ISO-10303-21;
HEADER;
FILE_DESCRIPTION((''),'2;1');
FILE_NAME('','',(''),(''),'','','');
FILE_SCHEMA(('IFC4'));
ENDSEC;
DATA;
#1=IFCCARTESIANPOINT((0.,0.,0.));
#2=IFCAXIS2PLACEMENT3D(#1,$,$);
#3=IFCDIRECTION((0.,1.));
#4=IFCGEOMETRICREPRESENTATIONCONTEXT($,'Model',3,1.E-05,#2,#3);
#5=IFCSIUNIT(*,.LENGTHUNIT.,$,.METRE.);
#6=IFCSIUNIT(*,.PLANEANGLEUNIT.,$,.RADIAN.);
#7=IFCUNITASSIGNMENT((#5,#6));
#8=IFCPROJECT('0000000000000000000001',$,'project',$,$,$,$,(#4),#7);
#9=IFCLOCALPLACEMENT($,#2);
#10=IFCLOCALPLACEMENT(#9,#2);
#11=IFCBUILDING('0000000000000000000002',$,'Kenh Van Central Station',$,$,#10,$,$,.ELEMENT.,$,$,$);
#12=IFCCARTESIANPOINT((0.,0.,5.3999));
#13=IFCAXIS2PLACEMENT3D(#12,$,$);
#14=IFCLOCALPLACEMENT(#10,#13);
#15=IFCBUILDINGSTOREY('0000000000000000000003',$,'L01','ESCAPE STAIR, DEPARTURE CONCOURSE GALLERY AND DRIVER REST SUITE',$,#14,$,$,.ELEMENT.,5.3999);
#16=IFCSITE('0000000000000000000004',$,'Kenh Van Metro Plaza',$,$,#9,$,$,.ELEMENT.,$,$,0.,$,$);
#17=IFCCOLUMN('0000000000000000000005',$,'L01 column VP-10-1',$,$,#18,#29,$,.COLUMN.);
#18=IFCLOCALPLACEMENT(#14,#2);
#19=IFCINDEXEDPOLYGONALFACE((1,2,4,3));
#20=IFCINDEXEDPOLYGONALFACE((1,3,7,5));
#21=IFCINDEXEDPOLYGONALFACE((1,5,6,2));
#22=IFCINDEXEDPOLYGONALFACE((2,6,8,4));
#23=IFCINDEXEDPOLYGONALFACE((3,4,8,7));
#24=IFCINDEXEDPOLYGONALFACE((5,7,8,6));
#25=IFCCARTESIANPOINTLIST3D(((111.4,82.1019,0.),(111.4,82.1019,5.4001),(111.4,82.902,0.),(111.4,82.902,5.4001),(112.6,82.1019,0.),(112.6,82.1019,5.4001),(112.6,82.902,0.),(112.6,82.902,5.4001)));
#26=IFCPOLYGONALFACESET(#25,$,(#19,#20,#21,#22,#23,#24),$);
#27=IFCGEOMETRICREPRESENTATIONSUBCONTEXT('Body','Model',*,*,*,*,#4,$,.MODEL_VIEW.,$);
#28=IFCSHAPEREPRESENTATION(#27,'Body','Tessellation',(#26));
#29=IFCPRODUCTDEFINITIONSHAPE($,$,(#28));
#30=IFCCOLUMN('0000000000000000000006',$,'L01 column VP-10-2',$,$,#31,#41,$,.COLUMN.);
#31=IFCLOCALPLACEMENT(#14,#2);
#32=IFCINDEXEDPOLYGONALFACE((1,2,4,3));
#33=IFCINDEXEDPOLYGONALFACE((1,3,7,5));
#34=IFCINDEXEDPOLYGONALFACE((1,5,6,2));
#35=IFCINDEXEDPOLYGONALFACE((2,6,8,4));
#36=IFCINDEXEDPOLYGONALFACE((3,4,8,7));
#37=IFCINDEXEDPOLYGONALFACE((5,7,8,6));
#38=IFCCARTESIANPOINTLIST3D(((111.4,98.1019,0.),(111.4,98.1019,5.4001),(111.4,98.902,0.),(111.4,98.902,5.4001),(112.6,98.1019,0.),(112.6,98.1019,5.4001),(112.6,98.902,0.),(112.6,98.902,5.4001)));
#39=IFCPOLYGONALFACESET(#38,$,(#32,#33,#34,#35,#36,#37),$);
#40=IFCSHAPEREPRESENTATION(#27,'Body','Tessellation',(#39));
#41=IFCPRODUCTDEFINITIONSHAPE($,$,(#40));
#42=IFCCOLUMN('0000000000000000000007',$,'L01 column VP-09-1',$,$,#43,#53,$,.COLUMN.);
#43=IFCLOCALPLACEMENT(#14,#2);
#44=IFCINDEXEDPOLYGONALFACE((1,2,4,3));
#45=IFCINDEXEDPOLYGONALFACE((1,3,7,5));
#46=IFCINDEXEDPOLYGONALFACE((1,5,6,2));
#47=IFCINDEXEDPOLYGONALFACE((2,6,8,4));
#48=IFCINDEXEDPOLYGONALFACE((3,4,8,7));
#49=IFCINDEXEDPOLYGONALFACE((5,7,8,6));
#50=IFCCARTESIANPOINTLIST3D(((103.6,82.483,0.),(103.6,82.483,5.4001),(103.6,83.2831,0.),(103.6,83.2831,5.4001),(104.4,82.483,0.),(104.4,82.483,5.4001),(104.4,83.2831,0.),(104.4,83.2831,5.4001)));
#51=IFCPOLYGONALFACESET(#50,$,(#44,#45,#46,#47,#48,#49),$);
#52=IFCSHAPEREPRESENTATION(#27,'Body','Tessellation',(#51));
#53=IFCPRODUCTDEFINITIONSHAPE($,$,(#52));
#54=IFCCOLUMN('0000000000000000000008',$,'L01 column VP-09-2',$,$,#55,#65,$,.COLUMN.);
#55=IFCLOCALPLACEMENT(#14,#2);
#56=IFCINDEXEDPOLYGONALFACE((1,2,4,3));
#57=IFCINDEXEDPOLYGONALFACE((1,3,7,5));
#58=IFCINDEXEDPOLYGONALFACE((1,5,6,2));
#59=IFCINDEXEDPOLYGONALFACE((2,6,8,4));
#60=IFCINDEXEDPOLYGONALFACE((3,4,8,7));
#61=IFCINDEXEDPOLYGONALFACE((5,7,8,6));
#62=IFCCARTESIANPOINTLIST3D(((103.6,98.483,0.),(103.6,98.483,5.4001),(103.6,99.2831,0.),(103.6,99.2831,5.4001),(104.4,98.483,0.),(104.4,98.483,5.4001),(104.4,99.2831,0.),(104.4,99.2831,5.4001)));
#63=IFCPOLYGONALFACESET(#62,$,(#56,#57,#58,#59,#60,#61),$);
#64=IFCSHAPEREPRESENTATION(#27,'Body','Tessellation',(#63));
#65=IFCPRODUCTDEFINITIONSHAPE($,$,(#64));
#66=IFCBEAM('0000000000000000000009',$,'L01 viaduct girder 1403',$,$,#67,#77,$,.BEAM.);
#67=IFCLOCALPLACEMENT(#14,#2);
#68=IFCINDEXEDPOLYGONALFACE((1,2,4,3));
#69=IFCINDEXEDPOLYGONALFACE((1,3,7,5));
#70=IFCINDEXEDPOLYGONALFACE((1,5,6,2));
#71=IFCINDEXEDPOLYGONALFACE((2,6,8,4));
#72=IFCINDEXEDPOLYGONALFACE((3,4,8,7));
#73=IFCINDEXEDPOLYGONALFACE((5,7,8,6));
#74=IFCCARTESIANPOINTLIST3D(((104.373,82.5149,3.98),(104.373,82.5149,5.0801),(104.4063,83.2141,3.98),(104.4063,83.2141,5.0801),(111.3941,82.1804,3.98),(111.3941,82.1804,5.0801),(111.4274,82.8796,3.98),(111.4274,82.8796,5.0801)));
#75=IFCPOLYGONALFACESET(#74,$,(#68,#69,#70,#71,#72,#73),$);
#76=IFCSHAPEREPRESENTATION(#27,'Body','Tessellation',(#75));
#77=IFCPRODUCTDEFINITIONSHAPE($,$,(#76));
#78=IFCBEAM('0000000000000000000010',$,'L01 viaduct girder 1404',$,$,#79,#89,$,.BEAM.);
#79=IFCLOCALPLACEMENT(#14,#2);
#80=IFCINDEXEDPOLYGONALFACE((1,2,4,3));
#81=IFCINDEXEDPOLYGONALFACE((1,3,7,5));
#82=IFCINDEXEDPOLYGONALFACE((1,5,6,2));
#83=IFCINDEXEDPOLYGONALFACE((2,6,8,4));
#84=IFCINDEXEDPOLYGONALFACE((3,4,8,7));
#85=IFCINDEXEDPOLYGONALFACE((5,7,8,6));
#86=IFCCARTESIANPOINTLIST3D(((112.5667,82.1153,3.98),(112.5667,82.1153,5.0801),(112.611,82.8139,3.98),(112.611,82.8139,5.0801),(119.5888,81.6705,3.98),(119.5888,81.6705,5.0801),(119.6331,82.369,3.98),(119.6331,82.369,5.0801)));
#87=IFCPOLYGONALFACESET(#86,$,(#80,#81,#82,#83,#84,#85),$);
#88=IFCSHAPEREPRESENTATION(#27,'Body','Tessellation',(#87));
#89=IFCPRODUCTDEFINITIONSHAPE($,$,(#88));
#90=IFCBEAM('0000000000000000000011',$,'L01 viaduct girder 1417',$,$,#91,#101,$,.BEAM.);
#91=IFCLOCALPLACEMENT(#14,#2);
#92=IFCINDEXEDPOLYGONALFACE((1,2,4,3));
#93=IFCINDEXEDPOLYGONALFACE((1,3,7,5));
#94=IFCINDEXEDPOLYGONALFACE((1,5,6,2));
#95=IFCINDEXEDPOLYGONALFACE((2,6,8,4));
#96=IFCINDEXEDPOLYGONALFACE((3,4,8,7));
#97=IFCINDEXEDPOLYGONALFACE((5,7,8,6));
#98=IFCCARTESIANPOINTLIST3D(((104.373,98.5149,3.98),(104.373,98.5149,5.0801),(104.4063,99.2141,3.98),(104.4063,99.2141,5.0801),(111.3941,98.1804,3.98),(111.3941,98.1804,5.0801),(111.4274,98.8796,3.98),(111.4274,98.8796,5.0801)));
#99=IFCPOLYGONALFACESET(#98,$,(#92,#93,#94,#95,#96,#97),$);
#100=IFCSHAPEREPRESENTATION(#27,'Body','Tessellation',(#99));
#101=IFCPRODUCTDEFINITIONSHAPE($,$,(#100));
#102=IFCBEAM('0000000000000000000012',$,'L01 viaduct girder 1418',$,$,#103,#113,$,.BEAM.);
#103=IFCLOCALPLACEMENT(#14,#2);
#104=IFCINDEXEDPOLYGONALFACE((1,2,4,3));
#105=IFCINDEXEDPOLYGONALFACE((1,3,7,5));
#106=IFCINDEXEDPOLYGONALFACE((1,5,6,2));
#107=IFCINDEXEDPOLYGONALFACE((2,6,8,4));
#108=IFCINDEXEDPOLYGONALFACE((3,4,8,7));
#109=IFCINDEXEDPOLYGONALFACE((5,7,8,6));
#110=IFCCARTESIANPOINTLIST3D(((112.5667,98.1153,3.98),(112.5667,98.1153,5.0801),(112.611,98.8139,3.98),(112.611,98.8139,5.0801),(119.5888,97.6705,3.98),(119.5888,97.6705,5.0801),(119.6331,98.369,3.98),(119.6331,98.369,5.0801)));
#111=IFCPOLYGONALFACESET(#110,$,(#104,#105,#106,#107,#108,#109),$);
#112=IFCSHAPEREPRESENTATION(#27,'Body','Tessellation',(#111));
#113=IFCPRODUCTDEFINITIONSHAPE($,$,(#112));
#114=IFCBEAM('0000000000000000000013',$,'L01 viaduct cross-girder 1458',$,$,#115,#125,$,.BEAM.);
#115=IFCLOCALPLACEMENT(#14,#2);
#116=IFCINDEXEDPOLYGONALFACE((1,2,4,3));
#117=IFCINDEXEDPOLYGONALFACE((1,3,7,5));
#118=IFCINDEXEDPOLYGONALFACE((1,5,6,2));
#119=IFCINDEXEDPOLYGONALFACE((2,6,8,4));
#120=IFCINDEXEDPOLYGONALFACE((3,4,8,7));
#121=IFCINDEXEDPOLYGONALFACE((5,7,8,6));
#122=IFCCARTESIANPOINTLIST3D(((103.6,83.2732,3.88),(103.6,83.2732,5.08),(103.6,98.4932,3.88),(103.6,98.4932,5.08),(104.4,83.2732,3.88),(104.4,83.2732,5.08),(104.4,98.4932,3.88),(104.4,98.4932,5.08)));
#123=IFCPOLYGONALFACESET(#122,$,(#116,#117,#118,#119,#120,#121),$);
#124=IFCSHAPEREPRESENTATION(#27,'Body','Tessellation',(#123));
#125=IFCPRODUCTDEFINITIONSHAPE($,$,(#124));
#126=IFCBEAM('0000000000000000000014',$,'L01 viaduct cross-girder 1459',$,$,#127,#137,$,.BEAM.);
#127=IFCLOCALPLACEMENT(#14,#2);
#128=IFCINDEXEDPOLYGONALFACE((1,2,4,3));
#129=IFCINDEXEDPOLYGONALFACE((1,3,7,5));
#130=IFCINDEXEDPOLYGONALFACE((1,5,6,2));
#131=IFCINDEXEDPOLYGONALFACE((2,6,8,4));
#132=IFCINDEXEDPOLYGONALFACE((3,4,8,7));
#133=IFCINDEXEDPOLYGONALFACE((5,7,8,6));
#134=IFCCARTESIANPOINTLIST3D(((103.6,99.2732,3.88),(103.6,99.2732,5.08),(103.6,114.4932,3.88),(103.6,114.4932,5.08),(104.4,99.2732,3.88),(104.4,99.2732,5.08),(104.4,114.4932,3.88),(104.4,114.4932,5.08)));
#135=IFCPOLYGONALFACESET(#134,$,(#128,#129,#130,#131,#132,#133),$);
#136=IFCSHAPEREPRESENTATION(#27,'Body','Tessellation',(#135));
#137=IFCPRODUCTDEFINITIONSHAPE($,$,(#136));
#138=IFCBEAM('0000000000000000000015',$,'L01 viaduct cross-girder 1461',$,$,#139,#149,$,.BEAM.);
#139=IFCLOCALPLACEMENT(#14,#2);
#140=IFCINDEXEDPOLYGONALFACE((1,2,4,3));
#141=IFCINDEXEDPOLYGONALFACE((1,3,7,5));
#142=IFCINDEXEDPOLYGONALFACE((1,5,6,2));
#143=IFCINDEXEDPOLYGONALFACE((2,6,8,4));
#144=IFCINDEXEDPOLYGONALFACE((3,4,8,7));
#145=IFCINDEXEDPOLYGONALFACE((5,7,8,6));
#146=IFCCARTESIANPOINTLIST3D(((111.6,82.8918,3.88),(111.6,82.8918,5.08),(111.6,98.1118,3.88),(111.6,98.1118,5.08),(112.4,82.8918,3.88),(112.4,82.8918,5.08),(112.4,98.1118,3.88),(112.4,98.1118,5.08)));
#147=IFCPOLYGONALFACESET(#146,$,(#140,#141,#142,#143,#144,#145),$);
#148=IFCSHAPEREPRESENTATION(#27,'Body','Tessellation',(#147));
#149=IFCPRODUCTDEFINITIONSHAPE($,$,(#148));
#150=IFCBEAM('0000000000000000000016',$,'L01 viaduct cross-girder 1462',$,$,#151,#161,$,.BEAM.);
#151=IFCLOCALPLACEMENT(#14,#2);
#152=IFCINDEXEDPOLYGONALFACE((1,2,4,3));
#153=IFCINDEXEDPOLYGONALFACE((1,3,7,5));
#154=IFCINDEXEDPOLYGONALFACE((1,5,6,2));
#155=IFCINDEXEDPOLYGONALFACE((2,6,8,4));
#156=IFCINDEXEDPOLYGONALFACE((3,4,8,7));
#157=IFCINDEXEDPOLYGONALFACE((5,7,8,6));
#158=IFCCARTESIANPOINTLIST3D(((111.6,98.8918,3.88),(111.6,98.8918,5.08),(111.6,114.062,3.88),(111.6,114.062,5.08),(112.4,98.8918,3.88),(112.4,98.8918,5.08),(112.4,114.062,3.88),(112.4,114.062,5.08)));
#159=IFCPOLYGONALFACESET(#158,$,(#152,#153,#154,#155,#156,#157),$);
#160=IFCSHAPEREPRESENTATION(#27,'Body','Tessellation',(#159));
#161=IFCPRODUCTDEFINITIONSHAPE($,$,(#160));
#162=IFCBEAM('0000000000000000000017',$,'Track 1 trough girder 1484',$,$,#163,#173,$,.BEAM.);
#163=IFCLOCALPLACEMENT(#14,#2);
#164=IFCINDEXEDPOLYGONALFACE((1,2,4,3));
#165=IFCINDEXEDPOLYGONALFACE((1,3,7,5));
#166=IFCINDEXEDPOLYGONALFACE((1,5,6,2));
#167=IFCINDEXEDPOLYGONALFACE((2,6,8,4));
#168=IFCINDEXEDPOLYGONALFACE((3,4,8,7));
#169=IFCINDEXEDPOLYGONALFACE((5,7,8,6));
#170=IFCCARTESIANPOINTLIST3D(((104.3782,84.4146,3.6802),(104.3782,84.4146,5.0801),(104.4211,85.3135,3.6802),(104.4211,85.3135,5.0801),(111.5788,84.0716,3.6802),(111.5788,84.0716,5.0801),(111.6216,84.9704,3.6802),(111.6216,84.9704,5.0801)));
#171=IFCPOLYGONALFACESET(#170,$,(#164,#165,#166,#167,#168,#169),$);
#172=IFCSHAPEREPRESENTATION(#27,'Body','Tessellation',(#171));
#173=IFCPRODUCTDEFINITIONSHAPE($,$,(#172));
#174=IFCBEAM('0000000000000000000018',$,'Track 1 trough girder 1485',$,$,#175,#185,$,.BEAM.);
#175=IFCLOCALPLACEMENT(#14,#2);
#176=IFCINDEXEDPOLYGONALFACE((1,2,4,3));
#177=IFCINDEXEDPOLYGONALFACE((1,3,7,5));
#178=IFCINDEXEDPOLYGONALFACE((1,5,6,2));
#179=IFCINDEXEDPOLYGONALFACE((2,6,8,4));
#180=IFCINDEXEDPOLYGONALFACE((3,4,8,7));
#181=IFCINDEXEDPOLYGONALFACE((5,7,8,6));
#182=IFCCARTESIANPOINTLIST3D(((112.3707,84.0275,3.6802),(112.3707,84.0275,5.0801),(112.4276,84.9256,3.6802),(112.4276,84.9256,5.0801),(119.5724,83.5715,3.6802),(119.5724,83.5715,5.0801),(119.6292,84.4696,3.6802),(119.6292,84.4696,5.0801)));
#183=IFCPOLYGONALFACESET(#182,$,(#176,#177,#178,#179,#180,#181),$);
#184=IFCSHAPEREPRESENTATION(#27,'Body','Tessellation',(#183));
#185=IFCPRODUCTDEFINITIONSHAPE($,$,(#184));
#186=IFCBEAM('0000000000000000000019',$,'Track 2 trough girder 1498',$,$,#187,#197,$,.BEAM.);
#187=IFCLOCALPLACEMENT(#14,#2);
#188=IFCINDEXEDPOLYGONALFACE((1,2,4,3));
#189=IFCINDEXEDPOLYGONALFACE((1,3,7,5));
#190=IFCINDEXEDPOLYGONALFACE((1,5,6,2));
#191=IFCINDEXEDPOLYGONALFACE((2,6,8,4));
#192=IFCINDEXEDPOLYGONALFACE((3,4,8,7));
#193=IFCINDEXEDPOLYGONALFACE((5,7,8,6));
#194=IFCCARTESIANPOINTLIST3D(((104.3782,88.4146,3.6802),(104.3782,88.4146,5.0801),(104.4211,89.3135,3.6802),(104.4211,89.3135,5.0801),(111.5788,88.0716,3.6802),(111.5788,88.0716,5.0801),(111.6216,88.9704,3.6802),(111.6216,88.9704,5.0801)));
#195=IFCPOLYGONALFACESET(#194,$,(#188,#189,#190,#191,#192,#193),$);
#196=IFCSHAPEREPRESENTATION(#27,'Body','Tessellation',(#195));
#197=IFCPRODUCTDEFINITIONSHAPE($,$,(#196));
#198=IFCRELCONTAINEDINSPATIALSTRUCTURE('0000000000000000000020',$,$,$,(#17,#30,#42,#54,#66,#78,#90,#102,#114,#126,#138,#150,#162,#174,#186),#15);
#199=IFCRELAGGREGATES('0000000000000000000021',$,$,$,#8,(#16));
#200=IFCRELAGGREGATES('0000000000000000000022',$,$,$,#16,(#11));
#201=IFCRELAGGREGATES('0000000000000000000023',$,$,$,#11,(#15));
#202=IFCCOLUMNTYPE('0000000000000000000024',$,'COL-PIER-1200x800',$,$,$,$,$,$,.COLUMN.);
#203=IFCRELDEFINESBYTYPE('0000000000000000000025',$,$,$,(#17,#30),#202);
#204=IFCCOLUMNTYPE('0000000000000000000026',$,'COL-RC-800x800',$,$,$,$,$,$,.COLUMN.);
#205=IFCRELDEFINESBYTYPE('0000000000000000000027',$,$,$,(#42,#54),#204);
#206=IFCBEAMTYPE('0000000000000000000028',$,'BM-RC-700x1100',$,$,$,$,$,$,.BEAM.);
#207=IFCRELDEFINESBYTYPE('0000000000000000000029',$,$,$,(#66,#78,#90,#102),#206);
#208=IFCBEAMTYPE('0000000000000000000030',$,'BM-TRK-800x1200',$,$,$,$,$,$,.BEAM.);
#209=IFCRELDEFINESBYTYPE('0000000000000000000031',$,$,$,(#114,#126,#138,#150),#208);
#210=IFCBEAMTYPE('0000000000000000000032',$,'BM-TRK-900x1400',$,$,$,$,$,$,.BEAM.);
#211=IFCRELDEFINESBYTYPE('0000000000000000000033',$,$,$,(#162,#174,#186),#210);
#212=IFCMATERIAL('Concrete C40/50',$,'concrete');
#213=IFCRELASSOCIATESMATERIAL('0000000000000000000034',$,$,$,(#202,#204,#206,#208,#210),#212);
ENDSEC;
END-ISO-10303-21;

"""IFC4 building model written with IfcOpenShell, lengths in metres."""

from ifc_helpers import new_model, si_unit, direction, frame, origin, origin_2d, place, context, subcontext, project, spatial, rectangle, extrude, material, material_profile, profile_set, type_object, element, save


model = new_model("IFC4")

# Units and contexts
model_context = context("Model", 3, precision=1e-05, world=origin(), true_north=direction((0.0, 1.0)))
body_context = subcontext(model_context, "Body", "Model", "MODEL_VIEW")
ifc_project = project(units=[si_unit("LENGTHUNIT", "METRE"), si_unit("PLANEANGLEUNIT", "RADIAN")], contexts=[model_context])

# Site, building, storey
site_placement = place(None, origin())
site = spatial("IfcSite", under=ifc_project, at=site_placement, Name="Kenh Van Metro Plaza", CompositionType="ELEMENT", RefElevation=0.0)
building_placement = place(site_placement, origin())
building = spatial("IfcBuilding", under=site, at=building_placement, Name="Kenh Van Central Station", CompositionType="ELEMENT")
storey_placement = place(building_placement, frame((0.0, 0.0, 5.3999)))
storey = spatial("IfcBuildingStorey", under=building, at=storey_placement, Name="L01", Description="ESCAPE STAIR, DEPARTURE CONCOURSE GALLERY AND DRIVER REST SUITE", CompositionType="ELEMENT", Elevation=5.3999)

# Columns
ifc_material_1 = material(Name="Concrete C40/50", Category="concrete")
ifc_material_profile_1 = material_profile(ifc_material_1, rectangle(XDim=1.2, YDim=0.8, at=origin_2d()), Name="RC 1200x800")
ifc_profile_set_1 = profile_set([ifc_material_profile_1], Name="Concrete C40/50")
column_type_1 = type_object("IfcColumnType", Name="COL-PIER-1200x800", PredefinedType="COLUMN", material=ifc_profile_set_1)
for number, where, z_axis, x_axis, name in (
    (1, (112.0, 82.502, 0.0), (0.0, 0.0, 1.0), (1.0, 0.0, 0.0), "L01 column VP-10-1"),
    (2, (112.0, 98.502, 0.0), (0.0, 0.0, 1.0), (1.0, 0.0, 0.0), "L01 column VP-10-2"),
):
    element("IfcColumn", number, at=place(storey_placement, frame(where, z_axis=z_axis, x_axis=x_axis)), inside=storey, type_object=column_type_1, Name=name, PredefinedType="COLUMN", context=body_context, shape_type="SweptSolid", body=[
        extrude(rectangle(XDim=1.2, YDim=0.8, at=origin_2d()), origin(), (0.0, 0.0, 1.0), 5.4001),
    ])
ifc_material_profile_2 = material_profile(ifc_material_1, rectangle(XDim=0.8, YDim=0.8, at=origin_2d()), Name="RC 800x800")
ifc_profile_set_2 = profile_set([ifc_material_profile_2], Name="Concrete C40/50")
column_type_2 = type_object("IfcColumnType", Name="COL-RC-800x800", PredefinedType="COLUMN", material=ifc_profile_set_2)
for number, where, z_axis, x_axis, name in (
    (3, (104.0, 82.8831, 0.0), (0.0, 0.0, 1.0), (1.0, 0.0, 0.0), "L01 column VP-09-1"),
    (4, (104.0, 98.8831, 0.0), (0.0, 0.0, 1.0), (1.0, 0.0, 0.0), "L01 column VP-09-2"),
):
    element("IfcColumn", number, at=place(storey_placement, frame(where, z_axis=z_axis, x_axis=x_axis)), inside=storey, type_object=column_type_2, Name=name, PredefinedType="COLUMN", context=body_context, shape_type="SweptSolid", body=[
        extrude(rectangle(XDim=0.8, YDim=0.8, at=origin_2d()), origin(), (0.0, 0.0, 1.0), 5.4001),
    ])

# Beams
ifc_material_profile_3 = material_profile(ifc_material_1, rectangle(XDim=0.7, YDim=1.1001, at=origin_2d()), Name="RC 700x1100")
ifc_profile_set_3 = profile_set([ifc_material_profile_3], Name="Concrete C40/50")
beam_type_1 = type_object("IfcBeamType", Name="BM-RC-700x1100", PredefinedType="BEAM", material=ifc_profile_set_3)
beam_1_placement = place(storey_placement, frame((104.3896, 82.8645, 4.53), z_axis=(0.998867, -0.047585, 0.0), x_axis=(0.047585, 0.998867, 0.0)))
element("IfcBeam", 5, at=beam_1_placement, inside=storey, type_object=beam_type_1, Name="L01 viaduct girder 1403", PredefinedType="BEAM", context=body_context, shape_type="SweptSolid", body=[
    extrude(rectangle(XDim=0.7, YDim=1.1001, at=origin_2d()), origin(), (0.0, 0.0, 1.0), 7.0291),
])
beam_2_placement = place(storey_placement, frame((112.5889, 82.4646, 4.53), z_axis=(0.998, -0.063221, 0.0), x_axis=(0.063221, 0.998, 0.0)))
element("IfcBeam", 6, at=beam_2_placement, inside=storey, type_object=beam_type_1, Name="L01 viaduct girder 1404", PredefinedType="BEAM", context=body_context, shape_type="SweptSolid", body=[
    extrude(rectangle(XDim=0.7, YDim=1.1001, at=origin_2d()), origin(), (0.0, 0.0, 1.0), 7.0361),
])
beam_3_placement = place(storey_placement, frame((104.3896, 98.8645, 4.53), z_axis=(0.998867, -0.047585, 0.0), x_axis=(0.047585, 0.998867, 0.0)))
element("IfcBeam", 7, at=beam_3_placement, inside=storey, type_object=beam_type_1, Name="L01 viaduct girder 1417", PredefinedType="BEAM", context=body_context, shape_type="SweptSolid", body=[
    extrude(rectangle(XDim=0.7, YDim=1.1001, at=origin_2d()), origin(), (0.0, 0.0, 1.0), 7.0291),
])
beam_4_placement = place(storey_placement, frame((112.5889, 98.4646, 4.53), z_axis=(0.998, -0.063221, 0.0), x_axis=(0.063221, 0.998, 0.0)))
element("IfcBeam", 8, at=beam_4_placement, inside=storey, type_object=beam_type_1, Name="L01 viaduct girder 1418", PredefinedType="BEAM", context=body_context, shape_type="SweptSolid", body=[
    extrude(rectangle(XDim=0.7, YDim=1.1001, at=origin_2d()), origin(), (0.0, 0.0, 1.0), 7.0361),
])
ifc_material_profile_4 = material_profile(ifc_material_1, rectangle(XDim=0.8, YDim=1.2, at=origin_2d()), Name="RC 800x1200")
ifc_profile_set_4 = profile_set([ifc_material_profile_4], Name="Concrete C40/50")
beam_type_2 = type_object("IfcBeamType", Name="BM-TRK-800x1200", PredefinedType="BEAM", material=ifc_profile_set_4)
for number, where, z_axis, x_axis, name in (
    (9, (104.0, 83.2732, 4.48), (0.0, 1.0, 0.0), (-1.0, 0.0, 0.0), "L01 viaduct cross-girder 1458"),
    (10, (104.0, 99.2732, 4.48), (0.0, 1.0, 0.0), (-1.0, 0.0, 0.0), "L01 viaduct cross-girder 1459"),
    (11, (112.0, 82.8918, 4.48), (0.0, 1.0, 0.0), (-1.0, 0.0, 0.0), "L01 viaduct cross-girder 1461"),
):
    element("IfcBeam", number, at=place(storey_placement, frame(where, z_axis=z_axis, x_axis=x_axis)), inside=storey, type_object=beam_type_2, Name=name, PredefinedType="BEAM", context=body_context, shape_type="SweptSolid", body=[
        extrude(rectangle(XDim=0.8, YDim=1.2, at=origin_2d()), origin(), (0.0, 0.0, 1.0), 15.22),
    ])
beam_5_placement = place(storey_placement, frame((112.0, 98.8918, 4.48), z_axis=(0.0, 1.0, 0.0), x_axis=(-1.0, 0.0, 0.0)))
element("IfcBeam", 12, at=beam_5_placement, inside=storey, type_object=beam_type_2, Name="L01 viaduct cross-girder 1462", PredefinedType="BEAM", context=body_context, shape_type="SweptSolid", body=[
    extrude(rectangle(XDim=0.8, YDim=1.2, at=origin_2d()), origin(), (0.0, 0.0, 1.0), 15.1702),
])
ifc_material_profile_5 = material_profile(ifc_material_1, rectangle(XDim=0.8999, YDim=1.3999, at=origin_2d()), Name="RC 900x1400")
ifc_profile_set_5 = profile_set([ifc_material_profile_5], Name="Concrete C40/50")
beam_type_3 = type_object("IfcBeamType", Name="BM-TRK-900x1400", PredefinedType="BEAM", material=ifc_profile_set_5)
beam_6_placement = place(storey_placement, frame((104.3997, 84.864, 4.3801), z_axis=(0.998867, -0.047583, 0.0), x_axis=(0.047583, 0.998867, 0.0)))
element("IfcBeam", 13, at=beam_6_placement, inside=storey, type_object=beam_type_3, Name="Track 1 trough girder 1484", PredefinedType="BEAM", context=body_context, shape_type="SweptSolid", body=[
    extrude(rectangle(XDim=0.8999, YDim=1.3999, at=origin_2d()), origin(), (0.0, 0.0, 1.0), 7.2087),
])
beam_7_placement = place(storey_placement, frame((112.3992, 84.4766, 4.3801), z_axis=(0.998001, -0.0632, 0.0), x_axis=(0.0632, 0.998001, 0.0)))
element("IfcBeam", 14, at=beam_7_placement, inside=storey, type_object=beam_type_3, Name="Track 1 trough girder 1485", PredefinedType="BEAM", context=body_context, shape_type="SweptSolid", body=[
    extrude(rectangle(XDim=0.8999, YDim=1.3999, at=origin_2d()), origin(), (0.0, 0.0, 1.0), 7.2161),
])
beam_8_placement = place(storey_placement, frame((104.3997, 88.864, 4.3801), z_axis=(0.998867, -0.047583, 0.0), x_axis=(0.047583, 0.998867, 0.0)))
element("IfcBeam", 15, at=beam_8_placement, inside=storey, type_object=beam_type_3, Name="Track 2 trough girder 1498", PredefinedType="BEAM", context=body_context, shape_type="SweptSolid", body=[
    extrude(rectangle(XDim=0.8999, YDim=1.3999, at=origin_2d()), origin(), (0.0, 0.0, 1.0), 7.2087),
])

save(model, "model.ifc")
